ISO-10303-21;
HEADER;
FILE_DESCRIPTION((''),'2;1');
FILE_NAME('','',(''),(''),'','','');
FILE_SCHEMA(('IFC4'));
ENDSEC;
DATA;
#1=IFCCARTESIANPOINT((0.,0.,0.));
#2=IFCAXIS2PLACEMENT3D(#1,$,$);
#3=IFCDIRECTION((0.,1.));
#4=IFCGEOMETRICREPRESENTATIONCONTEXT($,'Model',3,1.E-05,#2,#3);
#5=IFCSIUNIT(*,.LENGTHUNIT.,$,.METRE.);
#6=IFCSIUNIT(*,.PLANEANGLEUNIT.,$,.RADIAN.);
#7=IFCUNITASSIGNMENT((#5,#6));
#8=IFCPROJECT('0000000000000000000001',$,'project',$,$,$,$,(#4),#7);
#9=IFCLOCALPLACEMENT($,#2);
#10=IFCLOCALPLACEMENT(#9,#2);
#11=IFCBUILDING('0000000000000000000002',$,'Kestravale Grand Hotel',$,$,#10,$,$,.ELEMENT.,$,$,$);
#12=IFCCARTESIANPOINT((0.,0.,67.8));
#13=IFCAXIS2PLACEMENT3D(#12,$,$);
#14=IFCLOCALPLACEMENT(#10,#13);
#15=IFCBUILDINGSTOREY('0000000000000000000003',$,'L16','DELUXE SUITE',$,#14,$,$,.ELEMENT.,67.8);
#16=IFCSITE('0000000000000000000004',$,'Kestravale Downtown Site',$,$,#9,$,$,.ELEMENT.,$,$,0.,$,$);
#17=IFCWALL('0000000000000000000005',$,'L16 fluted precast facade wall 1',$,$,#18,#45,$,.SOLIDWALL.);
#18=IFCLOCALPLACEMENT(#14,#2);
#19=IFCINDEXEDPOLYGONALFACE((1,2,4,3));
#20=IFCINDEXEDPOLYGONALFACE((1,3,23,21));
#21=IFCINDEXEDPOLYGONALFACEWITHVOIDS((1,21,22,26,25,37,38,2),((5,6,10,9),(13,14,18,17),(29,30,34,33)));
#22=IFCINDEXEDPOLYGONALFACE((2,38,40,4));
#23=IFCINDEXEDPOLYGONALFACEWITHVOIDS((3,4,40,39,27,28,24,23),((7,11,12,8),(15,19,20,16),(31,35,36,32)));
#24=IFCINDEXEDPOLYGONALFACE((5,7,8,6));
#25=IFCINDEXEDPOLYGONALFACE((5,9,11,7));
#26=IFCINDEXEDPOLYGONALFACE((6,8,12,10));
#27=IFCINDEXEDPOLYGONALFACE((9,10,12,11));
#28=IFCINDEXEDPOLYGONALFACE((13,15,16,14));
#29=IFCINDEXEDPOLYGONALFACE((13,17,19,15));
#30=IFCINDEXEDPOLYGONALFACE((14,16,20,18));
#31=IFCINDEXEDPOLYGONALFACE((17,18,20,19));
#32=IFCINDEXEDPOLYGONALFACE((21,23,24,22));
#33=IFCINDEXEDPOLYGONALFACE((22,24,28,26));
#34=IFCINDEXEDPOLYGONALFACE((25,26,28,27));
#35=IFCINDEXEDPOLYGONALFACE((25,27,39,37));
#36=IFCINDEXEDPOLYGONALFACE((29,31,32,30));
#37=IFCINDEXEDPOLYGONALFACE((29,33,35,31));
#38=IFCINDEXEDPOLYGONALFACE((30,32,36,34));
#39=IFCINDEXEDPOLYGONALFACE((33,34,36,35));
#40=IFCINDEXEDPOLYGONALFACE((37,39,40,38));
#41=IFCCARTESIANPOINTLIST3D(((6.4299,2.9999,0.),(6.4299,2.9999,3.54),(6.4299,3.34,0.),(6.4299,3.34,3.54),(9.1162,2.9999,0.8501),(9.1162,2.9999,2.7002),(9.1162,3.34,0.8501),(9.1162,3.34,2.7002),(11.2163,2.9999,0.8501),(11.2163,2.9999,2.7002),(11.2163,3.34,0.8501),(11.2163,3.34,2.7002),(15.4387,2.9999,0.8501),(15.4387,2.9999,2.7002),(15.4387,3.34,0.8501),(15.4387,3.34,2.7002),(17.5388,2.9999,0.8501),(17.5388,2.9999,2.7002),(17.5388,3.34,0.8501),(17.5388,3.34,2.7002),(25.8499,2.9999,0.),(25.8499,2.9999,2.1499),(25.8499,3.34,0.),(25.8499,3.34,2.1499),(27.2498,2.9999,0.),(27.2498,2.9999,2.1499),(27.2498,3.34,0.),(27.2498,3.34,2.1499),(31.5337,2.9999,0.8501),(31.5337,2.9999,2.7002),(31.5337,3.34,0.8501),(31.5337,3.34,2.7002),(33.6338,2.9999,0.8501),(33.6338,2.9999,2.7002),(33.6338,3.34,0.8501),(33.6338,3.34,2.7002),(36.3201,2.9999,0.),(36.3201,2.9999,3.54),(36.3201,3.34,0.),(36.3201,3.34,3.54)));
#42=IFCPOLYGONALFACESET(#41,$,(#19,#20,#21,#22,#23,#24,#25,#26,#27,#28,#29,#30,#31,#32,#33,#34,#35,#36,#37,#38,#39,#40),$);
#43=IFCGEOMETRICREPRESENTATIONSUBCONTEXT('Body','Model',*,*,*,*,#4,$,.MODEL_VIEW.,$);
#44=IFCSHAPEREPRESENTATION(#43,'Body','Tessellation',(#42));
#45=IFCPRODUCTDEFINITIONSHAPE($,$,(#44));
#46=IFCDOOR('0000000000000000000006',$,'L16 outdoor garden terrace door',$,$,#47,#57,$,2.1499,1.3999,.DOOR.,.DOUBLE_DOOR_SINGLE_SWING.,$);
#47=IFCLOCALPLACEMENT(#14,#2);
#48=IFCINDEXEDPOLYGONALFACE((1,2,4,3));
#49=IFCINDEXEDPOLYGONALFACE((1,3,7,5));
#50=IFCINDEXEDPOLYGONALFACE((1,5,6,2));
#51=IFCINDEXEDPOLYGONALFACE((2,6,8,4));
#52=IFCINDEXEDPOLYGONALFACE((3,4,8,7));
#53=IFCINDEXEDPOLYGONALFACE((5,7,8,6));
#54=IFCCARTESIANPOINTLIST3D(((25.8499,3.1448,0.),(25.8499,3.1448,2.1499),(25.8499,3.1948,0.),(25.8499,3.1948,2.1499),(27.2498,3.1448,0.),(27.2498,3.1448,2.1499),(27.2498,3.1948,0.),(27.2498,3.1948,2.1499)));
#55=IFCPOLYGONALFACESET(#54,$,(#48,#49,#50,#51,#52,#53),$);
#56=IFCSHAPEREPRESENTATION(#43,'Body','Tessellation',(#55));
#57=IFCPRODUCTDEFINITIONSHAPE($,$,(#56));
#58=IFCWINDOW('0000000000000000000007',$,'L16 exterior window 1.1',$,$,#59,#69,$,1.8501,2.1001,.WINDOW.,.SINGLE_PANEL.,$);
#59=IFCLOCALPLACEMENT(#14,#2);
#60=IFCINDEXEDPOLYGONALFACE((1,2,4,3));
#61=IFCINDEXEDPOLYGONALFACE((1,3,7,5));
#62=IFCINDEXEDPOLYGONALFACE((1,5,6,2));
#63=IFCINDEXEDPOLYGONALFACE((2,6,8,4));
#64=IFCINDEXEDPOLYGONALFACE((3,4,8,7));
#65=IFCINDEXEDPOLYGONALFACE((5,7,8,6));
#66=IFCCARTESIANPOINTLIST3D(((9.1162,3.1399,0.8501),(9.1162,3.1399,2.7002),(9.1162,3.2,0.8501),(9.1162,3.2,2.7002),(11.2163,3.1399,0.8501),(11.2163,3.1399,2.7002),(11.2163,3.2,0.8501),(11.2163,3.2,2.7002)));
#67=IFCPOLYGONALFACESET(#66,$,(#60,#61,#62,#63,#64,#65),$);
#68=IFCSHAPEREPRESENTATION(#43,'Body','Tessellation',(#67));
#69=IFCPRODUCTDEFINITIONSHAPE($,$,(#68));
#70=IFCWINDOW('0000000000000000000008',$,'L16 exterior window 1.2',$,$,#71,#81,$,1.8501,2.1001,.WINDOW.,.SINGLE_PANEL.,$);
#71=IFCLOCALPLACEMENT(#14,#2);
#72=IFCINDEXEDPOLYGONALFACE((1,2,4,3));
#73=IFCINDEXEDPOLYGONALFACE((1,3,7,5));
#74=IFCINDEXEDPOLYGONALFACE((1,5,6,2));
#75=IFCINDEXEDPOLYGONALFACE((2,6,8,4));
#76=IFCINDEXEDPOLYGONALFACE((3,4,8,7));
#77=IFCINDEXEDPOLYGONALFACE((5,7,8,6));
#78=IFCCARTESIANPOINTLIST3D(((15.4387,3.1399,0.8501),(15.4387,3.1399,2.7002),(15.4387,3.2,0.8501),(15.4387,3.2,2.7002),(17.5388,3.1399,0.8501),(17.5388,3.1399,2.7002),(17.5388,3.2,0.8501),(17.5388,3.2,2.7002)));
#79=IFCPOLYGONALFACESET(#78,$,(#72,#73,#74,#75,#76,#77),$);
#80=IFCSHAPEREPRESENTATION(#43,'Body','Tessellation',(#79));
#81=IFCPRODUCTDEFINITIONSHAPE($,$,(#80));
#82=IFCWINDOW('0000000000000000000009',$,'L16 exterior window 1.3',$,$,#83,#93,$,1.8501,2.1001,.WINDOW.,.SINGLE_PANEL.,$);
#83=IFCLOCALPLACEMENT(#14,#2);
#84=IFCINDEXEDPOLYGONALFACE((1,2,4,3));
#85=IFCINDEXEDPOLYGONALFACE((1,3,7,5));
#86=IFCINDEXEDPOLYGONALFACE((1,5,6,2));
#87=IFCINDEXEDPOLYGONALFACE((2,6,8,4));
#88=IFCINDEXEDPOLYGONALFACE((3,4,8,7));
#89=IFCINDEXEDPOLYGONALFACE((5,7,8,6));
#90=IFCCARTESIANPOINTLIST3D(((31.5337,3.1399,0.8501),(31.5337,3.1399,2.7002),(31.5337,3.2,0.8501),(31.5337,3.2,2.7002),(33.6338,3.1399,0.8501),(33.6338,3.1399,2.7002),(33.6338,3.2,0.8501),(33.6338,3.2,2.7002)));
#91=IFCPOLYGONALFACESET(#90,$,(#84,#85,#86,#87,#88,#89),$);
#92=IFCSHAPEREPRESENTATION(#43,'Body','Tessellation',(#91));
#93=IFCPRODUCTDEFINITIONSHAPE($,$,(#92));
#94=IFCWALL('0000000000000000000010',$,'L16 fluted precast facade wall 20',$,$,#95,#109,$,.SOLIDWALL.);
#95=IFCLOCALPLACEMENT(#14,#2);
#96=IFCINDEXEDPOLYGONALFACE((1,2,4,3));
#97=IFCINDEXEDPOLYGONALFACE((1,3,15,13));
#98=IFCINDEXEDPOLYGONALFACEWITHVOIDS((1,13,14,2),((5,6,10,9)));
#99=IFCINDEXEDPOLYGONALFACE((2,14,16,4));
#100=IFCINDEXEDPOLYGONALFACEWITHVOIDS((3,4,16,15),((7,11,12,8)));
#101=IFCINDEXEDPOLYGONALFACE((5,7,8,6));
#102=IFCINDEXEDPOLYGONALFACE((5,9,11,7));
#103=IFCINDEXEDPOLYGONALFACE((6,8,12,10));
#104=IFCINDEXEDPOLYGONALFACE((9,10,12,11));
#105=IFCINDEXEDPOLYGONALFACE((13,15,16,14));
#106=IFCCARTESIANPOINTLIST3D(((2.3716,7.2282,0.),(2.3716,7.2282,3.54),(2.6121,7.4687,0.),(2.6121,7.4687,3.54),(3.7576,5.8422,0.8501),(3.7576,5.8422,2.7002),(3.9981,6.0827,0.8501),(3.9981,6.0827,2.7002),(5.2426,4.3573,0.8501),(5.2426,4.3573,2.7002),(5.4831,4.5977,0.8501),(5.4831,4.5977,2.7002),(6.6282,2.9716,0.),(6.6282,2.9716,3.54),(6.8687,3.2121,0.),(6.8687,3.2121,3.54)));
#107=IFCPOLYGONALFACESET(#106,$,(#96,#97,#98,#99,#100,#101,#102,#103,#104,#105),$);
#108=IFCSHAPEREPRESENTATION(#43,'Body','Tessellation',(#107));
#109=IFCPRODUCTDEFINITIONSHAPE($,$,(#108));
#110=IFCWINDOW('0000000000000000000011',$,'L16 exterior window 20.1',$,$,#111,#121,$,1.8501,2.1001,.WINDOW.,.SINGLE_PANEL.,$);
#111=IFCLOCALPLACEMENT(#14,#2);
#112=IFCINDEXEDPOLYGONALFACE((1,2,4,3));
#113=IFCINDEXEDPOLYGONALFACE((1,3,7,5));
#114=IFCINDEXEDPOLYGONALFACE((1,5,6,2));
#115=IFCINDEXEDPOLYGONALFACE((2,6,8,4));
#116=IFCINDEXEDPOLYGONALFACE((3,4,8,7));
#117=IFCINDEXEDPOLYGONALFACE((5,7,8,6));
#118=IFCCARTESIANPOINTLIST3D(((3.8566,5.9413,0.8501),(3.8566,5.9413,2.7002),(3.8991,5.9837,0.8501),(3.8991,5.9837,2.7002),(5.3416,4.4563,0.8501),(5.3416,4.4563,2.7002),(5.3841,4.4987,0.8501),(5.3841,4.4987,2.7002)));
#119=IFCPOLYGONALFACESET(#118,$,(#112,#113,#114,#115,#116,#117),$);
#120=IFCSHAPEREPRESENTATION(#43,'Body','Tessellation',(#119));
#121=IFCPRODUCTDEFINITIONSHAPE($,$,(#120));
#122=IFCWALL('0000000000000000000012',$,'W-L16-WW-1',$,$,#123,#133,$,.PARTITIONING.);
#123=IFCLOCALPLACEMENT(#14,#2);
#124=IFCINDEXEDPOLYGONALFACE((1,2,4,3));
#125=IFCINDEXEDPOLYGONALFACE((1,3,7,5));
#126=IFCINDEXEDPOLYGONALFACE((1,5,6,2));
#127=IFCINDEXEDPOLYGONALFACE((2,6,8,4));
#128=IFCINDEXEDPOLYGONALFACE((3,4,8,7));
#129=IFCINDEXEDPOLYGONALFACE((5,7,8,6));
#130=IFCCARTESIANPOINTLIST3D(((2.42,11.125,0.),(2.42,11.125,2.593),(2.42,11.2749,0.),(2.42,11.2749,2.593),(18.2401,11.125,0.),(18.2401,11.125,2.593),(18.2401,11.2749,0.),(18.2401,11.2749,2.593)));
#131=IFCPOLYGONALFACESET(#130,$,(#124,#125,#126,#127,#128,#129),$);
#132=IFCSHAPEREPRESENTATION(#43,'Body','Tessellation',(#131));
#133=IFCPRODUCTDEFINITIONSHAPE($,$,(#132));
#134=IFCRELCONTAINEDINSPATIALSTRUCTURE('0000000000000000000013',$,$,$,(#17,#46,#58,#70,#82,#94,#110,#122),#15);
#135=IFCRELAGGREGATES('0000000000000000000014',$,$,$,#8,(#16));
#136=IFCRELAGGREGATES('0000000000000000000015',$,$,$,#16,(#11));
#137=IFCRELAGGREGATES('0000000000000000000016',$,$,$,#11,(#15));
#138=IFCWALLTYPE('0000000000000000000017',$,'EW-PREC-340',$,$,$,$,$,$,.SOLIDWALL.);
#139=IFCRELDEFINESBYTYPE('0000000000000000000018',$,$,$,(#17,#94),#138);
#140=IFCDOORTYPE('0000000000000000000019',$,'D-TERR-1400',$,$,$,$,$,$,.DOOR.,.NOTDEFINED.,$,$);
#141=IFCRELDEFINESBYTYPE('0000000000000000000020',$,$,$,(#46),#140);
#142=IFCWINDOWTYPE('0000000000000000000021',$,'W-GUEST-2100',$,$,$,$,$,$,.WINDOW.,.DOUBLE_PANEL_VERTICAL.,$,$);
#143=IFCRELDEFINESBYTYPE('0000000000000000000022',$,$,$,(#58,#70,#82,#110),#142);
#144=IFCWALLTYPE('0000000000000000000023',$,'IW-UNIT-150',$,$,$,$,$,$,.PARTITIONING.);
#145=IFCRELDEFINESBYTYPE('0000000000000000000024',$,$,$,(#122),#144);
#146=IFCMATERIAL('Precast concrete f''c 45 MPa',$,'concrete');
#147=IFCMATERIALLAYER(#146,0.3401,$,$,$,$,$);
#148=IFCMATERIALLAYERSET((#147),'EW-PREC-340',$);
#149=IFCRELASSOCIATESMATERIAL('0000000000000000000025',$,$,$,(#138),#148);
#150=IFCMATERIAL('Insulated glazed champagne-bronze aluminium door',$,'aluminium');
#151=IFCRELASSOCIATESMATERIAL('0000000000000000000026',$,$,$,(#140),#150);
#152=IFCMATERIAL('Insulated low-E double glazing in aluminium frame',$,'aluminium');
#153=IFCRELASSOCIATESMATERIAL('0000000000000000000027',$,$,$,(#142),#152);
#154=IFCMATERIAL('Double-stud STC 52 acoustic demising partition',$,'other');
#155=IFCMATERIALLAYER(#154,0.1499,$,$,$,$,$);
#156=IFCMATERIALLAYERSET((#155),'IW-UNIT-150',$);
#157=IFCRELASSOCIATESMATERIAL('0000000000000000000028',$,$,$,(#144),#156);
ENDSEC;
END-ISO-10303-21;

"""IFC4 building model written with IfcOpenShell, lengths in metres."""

from ifc_helpers import new_model, si_unit, direction, frame, frame_2d, origin, place, context, subcontext, project, spatial, rectangle, extrude, material, layer, layer_set, type_object, element, fill, save


model = new_model("IFC4")

# Units and contexts
model_context = context("Model", 3, precision=1e-05, world=origin(), true_north=direction((0.0, 1.0)))
body_context = subcontext(model_context, "Body", "Model", "MODEL_VIEW")
ifc_project = project(units=[si_unit("LENGTHUNIT", "METRE"), si_unit("PLANEANGLEUNIT", "RADIAN")], contexts=[model_context])

# Site, building, storey
site_placement = place(None, origin())
site = spatial("IfcSite", under=ifc_project, at=site_placement, Name="Kestravale Downtown Site", CompositionType="ELEMENT", RefElevation=0.0)
building_placement = place(site_placement, origin())
building = spatial("IfcBuilding", under=site, at=building_placement, Name="Kestravale Grand Hotel", CompositionType="ELEMENT")
storey_placement = place(building_placement, frame((0.0, 0.0, 67.8)))
storey = spatial("IfcBuildingStorey", under=building, at=storey_placement, Name="L16", Description="DELUXE SUITE", CompositionType="ELEMENT", Elevation=67.8)

# Wall, openings, door, windows
ifc_material_1 = material(Name="Precast concrete f'c 45 MPa", Category="concrete")
ifc_layer_1 = layer(ifc_material_1, 0.3401)
ifc_layer_set_1 = layer_set([ifc_layer_1], Name="EW-PREC-340")
wall_type_1 = type_object("IfcWallType", Name="EW-PREC-340", PredefinedType="SOLIDWALL", material=ifc_layer_set_1)
wall_1_placement = place(storey_placement, frame((6.4299, 3.1699, 0.0), z_axis=(0.0, 0.0, 1.0), x_axis=(1.0, 0.0, 0.0)))
wall_1 = element("IfcWall", 1, at=wall_1_placement, inside=storey, type_object=wall_type_1, Name="L16 fluted precast facade wall 1", PredefinedType="SOLIDWALL", context=body_context, shape_type="SweptSolid", body=[
    extrude(rectangle(XDim=29.8901, YDim=0.3401, at=frame_2d((14.9451, 0.0))), origin(), (0.0, 0.0, 1.0), 3.54),
])
opening_1_placement = place(wall_1_placement, frame((19.4199, 0.0, 0.0)))
opening_1 = element("IfcOpeningElement", 2, at=opening_1_placement, cuts=wall_1, PredefinedType="OPENING", context=body_context, shape_type="SweptSolid", body=[
    extrude(rectangle(XDim=1.3999, YDim=2.1499, at=frame_2d((0.7, 1.075))), frame((0.0, 0.1799, 0.0), z_axis=(0.0, -1.0, 0.0), x_axis=(1.0, 0.0, 0.0)), (0.0, 0.0, 1.0), 0.3601),
])
opening_2_placement = place(wall_1_placement, frame((2.6863, 0.0, 0.8501)))
opening_2 = element("IfcOpeningElement", 3, at=opening_2_placement, cuts=wall_1, PredefinedType="OPENING", context=body_context, shape_type="SweptSolid", body=[
    extrude(rectangle(XDim=2.1001, YDim=1.8501, at=frame_2d((1.05, 0.925))), frame((0.0, 0.1799, 0.0), z_axis=(0.0, -1.0, 0.0), x_axis=(1.0, 0.0, 0.0)), (0.0, 0.0, 1.0), 0.3601),
])
opening_3_placement = place(wall_1_placement, frame((9.0088, 0.0, 0.8501)))
opening_3 = element("IfcOpeningElement", 4, at=opening_3_placement, cuts=wall_1, PredefinedType="OPENING", context=body_context, shape_type="SweptSolid", body=[
    extrude(rectangle(XDim=2.1001, YDim=1.8501, at=frame_2d((1.05, 0.925))), frame((0.0, 0.1799, 0.0), z_axis=(0.0, -1.0, 0.0), x_axis=(1.0, 0.0, 0.0)), (0.0, 0.0, 1.0), 0.3601),
])
opening_4_placement = place(wall_1_placement, frame((25.1038, 0.0, 0.8501)))
opening_4 = element("IfcOpeningElement", 5, at=opening_4_placement, cuts=wall_1, PredefinedType="OPENING", context=body_context, shape_type="SweptSolid", body=[
    extrude(rectangle(XDim=2.1001, YDim=1.8501, at=frame_2d((1.05, 0.925))), frame((0.0, 0.1799, 0.0), z_axis=(0.0, -1.0, 0.0), x_axis=(1.0, 0.0, 0.0)), (0.0, 0.0, 1.0), 0.3601),
])
ifc_material_2 = material(Name="Insulated glazed champagne-bronze aluminium door", Category="aluminium")
door_type = type_object("IfcDoorType", Name="D-TERR-1400", OperationType="NOTDEFINED", PredefinedType="DOOR", material=ifc_material_2)
door_placement = place(opening_1_placement, origin())
door = element("IfcDoor", 6, at=door_placement, inside=storey, type_object=door_type, Name="L16 outdoor garden terrace door", OperationType="DOUBLE_DOOR_SINGLE_SWING", OverallHeight=2.1499, OverallWidth=1.3999, PredefinedType="DOOR", context=body_context, shape_type="SweptSolid", body=[
    extrude(rectangle(XDim=1.3999, YDim=2.1499, at=frame_2d((0.7, 1.075))), frame((0.0, 0.0249, 0.0), z_axis=(0.0, -1.0, 0.0), x_axis=(1.0, 0.0, 0.0)), (0.0, 0.0, 1.0), 0.05),
])
fill(opening_1, door)
ifc_material_3 = material(Name="Insulated low-E double glazing in aluminium frame", Category="aluminium")
window_type = type_object("IfcWindowType", Name="W-GUEST-2100", PartitioningType="DOUBLE_PANEL_VERTICAL", PredefinedType="WINDOW", material=ifc_material_3)
window_1_placement = place(opening_2_placement, origin())
window_1 = element("IfcWindow", 7, at=window_1_placement, inside=storey, type_object=window_type, Name="L16 exterior window 1.1", OverallHeight=1.8501, OverallWidth=2.1001, PartitioningType="SINGLE_PANEL", PredefinedType="WINDOW", context=body_context, shape_type="SweptSolid", body=[
    extrude(rectangle(XDim=2.1001, YDim=1.8501, at=frame_2d((1.05, 0.925))), frame((0.0, 0.03, 0.0), z_axis=(0.0, -1.0, 0.0), x_axis=(1.0, 0.0, 0.0)), (0.0, 0.0, 1.0), 0.0601),
])
fill(opening_2, window_1)
window_2_placement = place(opening_3_placement, origin())
window_2 = element("IfcWindow", 8, at=window_2_placement, inside=storey, type_object=window_type, Name="L16 exterior window 1.2", OverallHeight=1.8501, OverallWidth=2.1001, PartitioningType="SINGLE_PANEL", PredefinedType="WINDOW", context=body_context, shape_type="SweptSolid", body=[
    extrude(rectangle(XDim=2.1001, YDim=1.8501, at=frame_2d((1.05, 0.925))), frame((0.0, 0.03, 0.0), z_axis=(0.0, -1.0, 0.0), x_axis=(1.0, 0.0, 0.0)), (0.0, 0.0, 1.0), 0.0601),
])
fill(opening_3, window_2)
window_3_placement = place(opening_4_placement, origin())
window_3 = element("IfcWindow", 9, at=window_3_placement, inside=storey, type_object=window_type, Name="L16 exterior window 1.3", OverallHeight=1.8501, OverallWidth=2.1001, PartitioningType="SINGLE_PANEL", PredefinedType="WINDOW", context=body_context, shape_type="SweptSolid", body=[
    extrude(rectangle(XDim=2.1001, YDim=1.8501, at=frame_2d((1.05, 0.925))), frame((0.0, 0.03, 0.0), z_axis=(0.0, -1.0, 0.0), x_axis=(1.0, 0.0, 0.0)), (0.0, 0.0, 1.0), 0.0601),
])
fill(opening_4, window_3)

# Wall, opening, window
wall_2_placement = place(storey_placement, frame((2.4919, 7.3484, 0.0), z_axis=(0.0, 0.0, 1.0), x_axis=(0.707107, -0.707107, 0.0)))
wall_2 = element("IfcWall", 10, at=wall_2_placement, inside=storey, type_object=wall_type_1, Name="L16 fluted precast facade wall 20", PredefinedType="SOLIDWALL", context=body_context, shape_type="SweptSolid", body=[
    extrude(rectangle(XDim=6.0198, YDim=0.3401, at=frame_2d((3.0098, 0.0))), origin(), (0.0, 0.0, 1.0), 3.54),
])
opening_5_placement = place(wall_2_placement, frame((1.96, 0.0, 0.8501)))
opening_5 = element("IfcOpeningElement", 11, at=opening_5_placement, cuts=wall_2, PredefinedType="OPENING", context=body_context, shape_type="SweptSolid", body=[
    extrude(rectangle(XDim=2.1001, YDim=1.8501, at=frame_2d((1.05, 0.925))), frame((0.0, 0.1799, 0.0), z_axis=(0.0, -1.0, 0.0), x_axis=(1.0, 0.0, 0.0)), (0.0, 0.0, 1.0), 0.3601),
])
window_4_placement = place(opening_5_placement, origin())
window_4 = element("IfcWindow", 12, at=window_4_placement, inside=storey, type_object=window_type, Name="L16 exterior window 20.1", OverallHeight=1.8501, OverallWidth=2.1001, PartitioningType="SINGLE_PANEL", PredefinedType="WINDOW", context=body_context, shape_type="SweptSolid", body=[
    extrude(rectangle(XDim=2.1001, YDim=1.8501, at=frame_2d((1.05, 0.925))), frame((0.0, 0.03, 0.0), z_axis=(0.0, -1.0, 0.0), x_axis=(1.0, 0.0, 0.0)), (0.0, 0.0, 1.0), 0.0601),
])
fill(opening_5, window_4)

# Wall
ifc_material_4 = material(Name="Double-stud STC 52 acoustic demising partition", Category="other")
ifc_layer_2 = layer(ifc_material_4, 0.1499)
ifc_layer_set_2 = layer_set([ifc_layer_2], Name="IW-UNIT-150")
wall_type_2 = type_object("IfcWallType", Name="IW-UNIT-150", PredefinedType="PARTITIONING", material=ifc_layer_set_2)
wall_3_placement = place(storey_placement, frame((2.4199, 11.2, 0.0), z_axis=(0.0, 0.0, 1.0), x_axis=(1.0, 0.0, 0.0)))
element("IfcWall", 13, at=wall_3_placement, inside=storey, type_object=wall_type_2, Name="W-L16-WW-1", PredefinedType="PARTITIONING", context=body_context, shape_type="SweptSolid", body=[
    extrude(rectangle(XDim=15.8201, YDim=0.1499, at=frame_2d((7.9102, 0.0))), origin(), (0.0, 0.0, 1.0), 2.593),
])

save(model, "model.ifc")
